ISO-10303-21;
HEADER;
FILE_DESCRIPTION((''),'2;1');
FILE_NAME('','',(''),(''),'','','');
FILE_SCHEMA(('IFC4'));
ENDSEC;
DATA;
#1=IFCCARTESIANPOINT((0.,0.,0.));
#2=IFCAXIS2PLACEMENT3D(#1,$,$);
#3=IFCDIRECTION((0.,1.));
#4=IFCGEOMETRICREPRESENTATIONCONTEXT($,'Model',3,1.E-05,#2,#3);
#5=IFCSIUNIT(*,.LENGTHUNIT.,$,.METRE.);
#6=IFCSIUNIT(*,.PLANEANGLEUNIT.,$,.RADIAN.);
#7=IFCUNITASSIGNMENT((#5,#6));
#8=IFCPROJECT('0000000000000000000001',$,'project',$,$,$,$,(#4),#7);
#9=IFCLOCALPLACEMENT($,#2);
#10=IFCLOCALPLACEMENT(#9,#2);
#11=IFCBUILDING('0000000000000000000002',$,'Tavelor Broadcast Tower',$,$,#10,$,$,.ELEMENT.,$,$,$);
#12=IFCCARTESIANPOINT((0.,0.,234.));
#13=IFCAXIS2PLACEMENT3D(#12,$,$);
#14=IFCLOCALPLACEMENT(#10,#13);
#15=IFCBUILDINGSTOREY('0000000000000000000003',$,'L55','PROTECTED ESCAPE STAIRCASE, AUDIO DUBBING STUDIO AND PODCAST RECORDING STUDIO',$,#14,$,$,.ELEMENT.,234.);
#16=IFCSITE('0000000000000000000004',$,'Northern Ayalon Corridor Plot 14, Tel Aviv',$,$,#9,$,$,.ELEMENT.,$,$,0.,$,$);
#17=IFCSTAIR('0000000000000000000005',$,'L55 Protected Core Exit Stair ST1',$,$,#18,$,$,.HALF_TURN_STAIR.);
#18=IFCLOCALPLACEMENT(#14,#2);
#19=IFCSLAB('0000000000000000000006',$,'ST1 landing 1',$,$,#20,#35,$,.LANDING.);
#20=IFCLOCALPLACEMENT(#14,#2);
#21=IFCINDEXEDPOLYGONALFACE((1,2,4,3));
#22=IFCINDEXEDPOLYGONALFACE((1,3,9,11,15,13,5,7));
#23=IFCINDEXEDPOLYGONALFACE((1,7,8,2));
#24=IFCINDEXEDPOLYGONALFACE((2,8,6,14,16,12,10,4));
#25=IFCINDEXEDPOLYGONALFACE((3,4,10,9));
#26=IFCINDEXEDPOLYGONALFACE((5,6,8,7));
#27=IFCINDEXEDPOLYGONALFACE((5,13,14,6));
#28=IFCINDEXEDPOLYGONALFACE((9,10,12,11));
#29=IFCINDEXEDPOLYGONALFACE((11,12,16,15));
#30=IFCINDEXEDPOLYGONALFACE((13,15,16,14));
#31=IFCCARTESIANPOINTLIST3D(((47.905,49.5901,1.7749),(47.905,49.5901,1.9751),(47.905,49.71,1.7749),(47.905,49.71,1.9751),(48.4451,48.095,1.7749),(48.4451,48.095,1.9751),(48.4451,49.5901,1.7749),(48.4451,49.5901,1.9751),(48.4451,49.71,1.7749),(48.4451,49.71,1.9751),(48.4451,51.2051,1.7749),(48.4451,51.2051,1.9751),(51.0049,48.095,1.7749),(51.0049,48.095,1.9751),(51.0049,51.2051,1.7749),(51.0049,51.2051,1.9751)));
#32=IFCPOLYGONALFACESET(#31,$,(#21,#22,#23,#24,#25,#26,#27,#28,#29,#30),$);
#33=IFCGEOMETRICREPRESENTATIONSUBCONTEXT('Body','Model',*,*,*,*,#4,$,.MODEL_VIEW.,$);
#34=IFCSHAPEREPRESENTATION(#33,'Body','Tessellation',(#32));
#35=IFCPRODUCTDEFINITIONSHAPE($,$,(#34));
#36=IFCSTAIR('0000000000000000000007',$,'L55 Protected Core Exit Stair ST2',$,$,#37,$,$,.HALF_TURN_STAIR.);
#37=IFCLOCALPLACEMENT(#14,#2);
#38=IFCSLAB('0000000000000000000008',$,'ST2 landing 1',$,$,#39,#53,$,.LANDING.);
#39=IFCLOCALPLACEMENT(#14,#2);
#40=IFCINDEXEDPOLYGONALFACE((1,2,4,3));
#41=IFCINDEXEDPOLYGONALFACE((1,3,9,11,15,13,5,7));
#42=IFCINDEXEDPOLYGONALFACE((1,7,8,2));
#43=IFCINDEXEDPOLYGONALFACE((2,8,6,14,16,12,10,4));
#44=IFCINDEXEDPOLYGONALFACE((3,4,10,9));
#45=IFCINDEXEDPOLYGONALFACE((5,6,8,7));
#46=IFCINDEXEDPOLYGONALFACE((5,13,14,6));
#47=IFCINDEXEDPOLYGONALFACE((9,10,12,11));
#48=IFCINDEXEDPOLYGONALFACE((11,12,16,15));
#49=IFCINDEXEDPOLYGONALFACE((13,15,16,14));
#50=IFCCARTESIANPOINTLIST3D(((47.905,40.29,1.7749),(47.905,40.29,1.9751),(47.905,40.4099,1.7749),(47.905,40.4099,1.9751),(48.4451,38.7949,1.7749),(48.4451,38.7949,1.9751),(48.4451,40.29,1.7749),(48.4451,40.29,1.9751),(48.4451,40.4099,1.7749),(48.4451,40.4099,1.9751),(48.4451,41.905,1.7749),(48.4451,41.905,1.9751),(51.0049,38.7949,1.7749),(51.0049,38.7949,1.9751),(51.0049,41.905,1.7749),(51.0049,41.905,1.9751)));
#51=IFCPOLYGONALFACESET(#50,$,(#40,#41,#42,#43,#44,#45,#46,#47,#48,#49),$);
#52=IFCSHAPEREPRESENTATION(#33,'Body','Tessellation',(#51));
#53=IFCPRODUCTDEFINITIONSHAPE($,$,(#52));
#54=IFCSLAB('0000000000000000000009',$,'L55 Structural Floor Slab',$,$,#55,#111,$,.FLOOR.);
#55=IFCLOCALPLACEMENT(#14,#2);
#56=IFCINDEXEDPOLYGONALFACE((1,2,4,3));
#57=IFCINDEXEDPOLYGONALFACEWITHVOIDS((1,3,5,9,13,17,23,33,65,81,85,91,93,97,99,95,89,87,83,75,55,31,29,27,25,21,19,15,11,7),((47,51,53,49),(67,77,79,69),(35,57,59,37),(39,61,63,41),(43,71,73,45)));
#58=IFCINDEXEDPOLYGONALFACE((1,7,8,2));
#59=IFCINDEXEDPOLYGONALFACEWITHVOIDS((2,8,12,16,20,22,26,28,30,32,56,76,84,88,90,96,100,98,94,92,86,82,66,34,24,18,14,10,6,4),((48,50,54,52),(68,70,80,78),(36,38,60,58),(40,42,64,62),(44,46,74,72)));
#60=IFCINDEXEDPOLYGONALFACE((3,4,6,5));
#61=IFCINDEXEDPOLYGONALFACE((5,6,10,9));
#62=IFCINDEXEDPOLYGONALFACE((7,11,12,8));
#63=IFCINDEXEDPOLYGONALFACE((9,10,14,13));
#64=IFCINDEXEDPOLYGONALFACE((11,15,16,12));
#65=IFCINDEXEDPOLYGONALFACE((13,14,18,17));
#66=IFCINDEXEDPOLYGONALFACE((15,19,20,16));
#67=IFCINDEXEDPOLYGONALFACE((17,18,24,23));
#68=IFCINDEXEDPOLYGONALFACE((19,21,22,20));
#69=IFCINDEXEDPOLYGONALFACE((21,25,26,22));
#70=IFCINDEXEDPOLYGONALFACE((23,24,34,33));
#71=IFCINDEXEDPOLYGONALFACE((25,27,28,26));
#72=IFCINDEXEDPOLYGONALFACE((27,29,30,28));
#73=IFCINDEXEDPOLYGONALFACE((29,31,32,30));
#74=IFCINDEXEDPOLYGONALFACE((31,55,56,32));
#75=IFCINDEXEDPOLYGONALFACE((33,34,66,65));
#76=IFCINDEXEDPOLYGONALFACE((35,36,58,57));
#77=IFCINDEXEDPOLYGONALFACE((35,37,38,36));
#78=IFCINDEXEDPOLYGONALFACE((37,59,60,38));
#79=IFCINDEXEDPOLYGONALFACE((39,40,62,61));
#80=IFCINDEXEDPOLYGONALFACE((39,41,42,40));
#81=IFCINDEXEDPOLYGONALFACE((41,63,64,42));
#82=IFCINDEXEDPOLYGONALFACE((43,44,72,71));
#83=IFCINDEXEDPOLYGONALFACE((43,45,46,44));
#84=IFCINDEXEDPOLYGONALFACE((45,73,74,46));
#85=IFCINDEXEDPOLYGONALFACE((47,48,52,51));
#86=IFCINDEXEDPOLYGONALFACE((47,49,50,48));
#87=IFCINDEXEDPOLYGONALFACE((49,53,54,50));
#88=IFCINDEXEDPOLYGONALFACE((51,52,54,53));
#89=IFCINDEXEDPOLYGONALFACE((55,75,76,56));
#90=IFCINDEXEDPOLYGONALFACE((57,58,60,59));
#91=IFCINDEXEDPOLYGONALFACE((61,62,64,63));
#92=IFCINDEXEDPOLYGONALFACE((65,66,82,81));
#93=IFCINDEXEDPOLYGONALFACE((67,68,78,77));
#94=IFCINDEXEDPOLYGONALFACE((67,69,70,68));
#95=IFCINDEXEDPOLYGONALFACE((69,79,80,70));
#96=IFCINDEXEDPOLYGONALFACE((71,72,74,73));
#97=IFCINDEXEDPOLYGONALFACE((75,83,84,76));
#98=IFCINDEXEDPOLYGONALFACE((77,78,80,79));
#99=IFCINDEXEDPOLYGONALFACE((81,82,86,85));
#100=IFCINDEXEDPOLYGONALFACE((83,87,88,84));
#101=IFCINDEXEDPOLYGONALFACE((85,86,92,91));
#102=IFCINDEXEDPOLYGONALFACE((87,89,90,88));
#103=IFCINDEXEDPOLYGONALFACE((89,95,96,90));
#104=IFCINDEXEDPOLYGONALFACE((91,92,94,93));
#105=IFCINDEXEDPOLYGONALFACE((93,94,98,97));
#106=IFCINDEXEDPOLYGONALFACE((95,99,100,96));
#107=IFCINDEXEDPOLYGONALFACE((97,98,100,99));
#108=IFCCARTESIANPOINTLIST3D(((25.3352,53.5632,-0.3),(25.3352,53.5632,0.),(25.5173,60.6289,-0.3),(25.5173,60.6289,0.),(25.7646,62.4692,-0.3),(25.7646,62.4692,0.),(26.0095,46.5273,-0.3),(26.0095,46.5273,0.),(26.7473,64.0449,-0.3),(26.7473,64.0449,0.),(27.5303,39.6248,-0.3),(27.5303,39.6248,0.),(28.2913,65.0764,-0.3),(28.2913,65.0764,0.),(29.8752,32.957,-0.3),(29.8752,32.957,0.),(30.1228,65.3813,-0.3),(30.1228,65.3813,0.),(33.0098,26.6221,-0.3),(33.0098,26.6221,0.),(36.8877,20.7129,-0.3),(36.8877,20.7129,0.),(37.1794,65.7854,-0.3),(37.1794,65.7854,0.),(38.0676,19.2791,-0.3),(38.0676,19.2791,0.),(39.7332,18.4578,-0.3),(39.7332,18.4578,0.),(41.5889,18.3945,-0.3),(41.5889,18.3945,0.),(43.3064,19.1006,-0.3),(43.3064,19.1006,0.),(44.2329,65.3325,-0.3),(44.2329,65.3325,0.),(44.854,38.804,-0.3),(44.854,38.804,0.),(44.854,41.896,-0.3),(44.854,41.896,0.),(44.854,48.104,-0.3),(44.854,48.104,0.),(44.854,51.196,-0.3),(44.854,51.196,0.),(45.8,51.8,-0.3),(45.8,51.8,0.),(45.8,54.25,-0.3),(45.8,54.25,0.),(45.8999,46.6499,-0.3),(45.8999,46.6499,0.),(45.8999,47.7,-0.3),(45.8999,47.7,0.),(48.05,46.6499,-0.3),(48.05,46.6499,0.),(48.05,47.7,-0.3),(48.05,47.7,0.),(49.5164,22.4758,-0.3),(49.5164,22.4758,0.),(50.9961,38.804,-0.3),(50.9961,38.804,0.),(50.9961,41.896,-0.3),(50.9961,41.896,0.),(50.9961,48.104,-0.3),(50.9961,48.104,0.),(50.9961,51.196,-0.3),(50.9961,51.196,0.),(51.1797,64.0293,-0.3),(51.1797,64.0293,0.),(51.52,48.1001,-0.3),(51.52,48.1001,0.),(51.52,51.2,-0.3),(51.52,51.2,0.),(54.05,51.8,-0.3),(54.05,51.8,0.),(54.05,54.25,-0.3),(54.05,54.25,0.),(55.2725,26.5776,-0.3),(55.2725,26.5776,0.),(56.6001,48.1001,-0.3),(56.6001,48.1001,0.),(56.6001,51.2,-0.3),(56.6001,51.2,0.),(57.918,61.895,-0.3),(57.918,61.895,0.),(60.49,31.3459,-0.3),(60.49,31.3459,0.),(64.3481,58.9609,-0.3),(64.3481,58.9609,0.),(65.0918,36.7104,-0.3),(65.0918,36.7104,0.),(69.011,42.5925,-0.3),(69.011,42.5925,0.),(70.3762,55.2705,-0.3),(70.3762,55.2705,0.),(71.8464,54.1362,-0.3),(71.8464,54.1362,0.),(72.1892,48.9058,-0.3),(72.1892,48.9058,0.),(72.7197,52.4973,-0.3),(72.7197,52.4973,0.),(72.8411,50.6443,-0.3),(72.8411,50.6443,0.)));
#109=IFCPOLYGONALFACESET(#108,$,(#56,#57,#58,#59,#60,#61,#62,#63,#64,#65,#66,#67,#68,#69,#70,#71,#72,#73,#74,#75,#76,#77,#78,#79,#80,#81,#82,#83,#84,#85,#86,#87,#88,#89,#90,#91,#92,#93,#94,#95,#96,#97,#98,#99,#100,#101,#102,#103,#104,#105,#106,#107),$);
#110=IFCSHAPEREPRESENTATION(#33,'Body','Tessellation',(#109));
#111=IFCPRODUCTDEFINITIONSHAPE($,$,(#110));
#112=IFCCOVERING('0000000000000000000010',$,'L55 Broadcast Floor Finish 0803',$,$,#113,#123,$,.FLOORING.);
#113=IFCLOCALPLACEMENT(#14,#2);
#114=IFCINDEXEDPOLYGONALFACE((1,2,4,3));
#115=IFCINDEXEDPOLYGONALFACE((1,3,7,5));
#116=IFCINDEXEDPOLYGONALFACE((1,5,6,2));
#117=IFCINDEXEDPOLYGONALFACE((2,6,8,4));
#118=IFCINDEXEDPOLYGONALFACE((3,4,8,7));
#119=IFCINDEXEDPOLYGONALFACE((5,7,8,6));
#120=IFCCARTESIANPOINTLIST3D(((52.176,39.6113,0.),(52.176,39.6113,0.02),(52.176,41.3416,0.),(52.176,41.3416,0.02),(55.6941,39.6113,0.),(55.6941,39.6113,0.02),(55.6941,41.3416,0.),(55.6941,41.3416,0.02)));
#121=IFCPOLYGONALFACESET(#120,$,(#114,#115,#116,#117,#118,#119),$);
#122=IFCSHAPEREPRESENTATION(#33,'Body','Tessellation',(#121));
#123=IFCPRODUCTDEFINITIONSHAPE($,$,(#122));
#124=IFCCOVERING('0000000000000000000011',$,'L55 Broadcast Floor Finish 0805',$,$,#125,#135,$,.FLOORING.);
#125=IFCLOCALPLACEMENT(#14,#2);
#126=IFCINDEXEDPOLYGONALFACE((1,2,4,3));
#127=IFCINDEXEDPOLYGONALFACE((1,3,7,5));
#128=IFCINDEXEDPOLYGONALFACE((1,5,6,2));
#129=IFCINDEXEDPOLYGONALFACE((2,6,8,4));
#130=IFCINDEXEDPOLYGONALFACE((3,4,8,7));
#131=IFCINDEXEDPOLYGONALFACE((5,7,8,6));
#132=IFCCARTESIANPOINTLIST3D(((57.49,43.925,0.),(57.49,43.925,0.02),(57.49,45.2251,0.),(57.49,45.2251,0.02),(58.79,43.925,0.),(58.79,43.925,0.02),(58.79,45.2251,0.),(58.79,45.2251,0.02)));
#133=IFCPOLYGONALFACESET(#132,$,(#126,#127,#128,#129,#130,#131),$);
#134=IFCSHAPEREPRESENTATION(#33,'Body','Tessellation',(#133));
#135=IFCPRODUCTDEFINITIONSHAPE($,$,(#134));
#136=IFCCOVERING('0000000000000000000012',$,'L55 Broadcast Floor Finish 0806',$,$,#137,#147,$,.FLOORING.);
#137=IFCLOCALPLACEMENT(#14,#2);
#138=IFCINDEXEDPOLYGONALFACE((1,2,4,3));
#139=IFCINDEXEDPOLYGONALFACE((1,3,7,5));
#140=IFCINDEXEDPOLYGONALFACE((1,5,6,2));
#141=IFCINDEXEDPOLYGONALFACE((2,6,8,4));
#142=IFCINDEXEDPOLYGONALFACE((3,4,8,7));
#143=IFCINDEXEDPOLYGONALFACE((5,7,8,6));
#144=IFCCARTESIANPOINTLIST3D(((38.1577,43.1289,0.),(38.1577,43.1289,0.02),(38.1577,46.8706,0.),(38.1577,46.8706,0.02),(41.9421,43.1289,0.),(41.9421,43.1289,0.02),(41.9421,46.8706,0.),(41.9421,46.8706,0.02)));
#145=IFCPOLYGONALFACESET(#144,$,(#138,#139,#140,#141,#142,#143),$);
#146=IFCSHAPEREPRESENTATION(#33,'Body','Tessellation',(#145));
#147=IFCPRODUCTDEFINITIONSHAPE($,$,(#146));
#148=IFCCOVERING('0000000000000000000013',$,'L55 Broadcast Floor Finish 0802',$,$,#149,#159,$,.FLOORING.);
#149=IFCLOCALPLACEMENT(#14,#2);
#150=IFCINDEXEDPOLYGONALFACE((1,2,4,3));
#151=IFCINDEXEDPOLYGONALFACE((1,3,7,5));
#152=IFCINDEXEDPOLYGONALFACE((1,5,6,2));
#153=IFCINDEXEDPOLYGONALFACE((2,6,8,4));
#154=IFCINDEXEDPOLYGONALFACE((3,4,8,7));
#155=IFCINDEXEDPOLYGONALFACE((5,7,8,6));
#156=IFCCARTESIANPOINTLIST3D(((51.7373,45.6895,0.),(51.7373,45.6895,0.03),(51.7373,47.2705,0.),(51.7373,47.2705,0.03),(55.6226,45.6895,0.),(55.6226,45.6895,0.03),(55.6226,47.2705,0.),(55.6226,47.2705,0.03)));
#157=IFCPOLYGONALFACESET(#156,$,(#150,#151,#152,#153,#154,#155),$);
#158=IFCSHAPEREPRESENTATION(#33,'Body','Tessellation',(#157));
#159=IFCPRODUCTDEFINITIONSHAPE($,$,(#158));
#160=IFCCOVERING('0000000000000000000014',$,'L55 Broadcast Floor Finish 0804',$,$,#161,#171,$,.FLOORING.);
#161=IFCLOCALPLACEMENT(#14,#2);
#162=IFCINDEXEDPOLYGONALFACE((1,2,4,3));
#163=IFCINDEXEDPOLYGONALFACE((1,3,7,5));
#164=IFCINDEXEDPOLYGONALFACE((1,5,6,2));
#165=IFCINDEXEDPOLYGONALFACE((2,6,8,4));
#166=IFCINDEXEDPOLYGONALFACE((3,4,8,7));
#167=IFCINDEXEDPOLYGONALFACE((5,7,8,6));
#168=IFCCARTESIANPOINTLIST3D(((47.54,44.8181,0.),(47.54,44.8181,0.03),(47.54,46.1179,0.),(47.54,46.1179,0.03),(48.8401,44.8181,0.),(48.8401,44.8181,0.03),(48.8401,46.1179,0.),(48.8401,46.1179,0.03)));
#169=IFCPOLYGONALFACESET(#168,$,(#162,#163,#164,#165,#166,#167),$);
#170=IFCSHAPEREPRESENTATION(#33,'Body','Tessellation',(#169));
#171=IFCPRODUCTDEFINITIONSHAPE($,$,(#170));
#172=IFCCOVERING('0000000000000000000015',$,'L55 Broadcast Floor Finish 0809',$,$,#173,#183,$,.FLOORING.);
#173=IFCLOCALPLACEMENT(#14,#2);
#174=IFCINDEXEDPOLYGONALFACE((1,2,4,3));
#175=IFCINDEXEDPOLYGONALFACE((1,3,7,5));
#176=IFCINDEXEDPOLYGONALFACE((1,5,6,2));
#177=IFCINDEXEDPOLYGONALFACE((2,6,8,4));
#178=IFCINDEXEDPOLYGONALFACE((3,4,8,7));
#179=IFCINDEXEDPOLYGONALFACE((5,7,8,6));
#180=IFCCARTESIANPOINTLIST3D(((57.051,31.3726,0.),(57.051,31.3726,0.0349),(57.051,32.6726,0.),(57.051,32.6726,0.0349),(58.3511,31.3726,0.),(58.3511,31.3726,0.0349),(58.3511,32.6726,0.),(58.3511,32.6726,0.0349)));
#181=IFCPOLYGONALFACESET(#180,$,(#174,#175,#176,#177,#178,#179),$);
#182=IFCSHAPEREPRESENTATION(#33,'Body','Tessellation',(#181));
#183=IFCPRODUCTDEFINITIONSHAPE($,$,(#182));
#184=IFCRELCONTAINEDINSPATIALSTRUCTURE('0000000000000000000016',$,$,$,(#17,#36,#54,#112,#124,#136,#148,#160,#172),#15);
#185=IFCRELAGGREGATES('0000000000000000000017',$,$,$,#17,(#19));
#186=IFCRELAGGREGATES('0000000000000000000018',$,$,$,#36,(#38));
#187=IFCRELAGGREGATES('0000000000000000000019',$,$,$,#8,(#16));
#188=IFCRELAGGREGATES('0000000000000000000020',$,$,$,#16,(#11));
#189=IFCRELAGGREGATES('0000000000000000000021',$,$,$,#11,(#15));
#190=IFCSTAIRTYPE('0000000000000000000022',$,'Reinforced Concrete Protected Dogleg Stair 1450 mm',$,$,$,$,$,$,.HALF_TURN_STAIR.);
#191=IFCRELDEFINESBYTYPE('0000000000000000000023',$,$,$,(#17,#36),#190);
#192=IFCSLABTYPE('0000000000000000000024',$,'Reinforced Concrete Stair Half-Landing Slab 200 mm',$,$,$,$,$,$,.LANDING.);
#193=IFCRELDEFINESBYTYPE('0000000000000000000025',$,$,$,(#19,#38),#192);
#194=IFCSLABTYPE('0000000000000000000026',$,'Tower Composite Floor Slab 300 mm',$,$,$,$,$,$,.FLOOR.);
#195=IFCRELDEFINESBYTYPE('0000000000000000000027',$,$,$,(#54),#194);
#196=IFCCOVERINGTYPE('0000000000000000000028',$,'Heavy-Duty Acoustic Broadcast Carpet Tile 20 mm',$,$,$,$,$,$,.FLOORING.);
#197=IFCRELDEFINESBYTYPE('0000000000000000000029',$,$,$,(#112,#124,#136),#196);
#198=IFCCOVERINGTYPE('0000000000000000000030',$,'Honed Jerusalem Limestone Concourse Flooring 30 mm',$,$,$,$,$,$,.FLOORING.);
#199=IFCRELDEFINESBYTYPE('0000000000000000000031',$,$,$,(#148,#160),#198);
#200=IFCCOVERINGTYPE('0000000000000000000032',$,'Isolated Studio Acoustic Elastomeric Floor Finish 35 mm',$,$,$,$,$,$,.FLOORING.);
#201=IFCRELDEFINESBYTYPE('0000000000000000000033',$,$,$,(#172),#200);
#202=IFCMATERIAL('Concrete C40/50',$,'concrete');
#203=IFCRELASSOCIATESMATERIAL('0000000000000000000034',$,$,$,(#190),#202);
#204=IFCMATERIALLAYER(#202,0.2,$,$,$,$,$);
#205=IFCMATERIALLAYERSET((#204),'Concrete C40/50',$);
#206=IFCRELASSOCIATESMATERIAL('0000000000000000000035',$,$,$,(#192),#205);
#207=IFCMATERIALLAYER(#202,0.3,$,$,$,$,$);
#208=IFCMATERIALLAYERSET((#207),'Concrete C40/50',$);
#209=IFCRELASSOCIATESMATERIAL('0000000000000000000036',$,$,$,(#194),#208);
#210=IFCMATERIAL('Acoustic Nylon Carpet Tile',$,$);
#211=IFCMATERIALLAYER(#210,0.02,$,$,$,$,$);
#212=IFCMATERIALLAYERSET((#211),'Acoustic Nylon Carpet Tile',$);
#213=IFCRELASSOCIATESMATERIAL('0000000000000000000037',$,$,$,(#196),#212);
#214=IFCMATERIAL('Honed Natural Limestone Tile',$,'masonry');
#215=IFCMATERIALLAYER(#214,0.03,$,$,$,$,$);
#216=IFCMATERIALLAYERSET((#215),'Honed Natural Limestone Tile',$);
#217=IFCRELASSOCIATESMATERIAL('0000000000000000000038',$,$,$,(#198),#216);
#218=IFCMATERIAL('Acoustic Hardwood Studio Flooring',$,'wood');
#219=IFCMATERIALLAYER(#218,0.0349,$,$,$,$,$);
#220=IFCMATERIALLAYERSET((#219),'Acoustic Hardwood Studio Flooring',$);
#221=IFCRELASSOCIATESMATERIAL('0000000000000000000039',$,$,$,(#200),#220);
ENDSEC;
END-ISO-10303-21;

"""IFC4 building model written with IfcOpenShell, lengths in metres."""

from ifc_helpers import new_model, si_unit, direction, frame, origin, place, context, subcontext, project, spatial, polyline, outline, extrude, material, layer, layer_set, type_object, element, aggregate, save


model = new_model("IFC4")

# Units and contexts
model_context = context("Model", 3, precision=1e-05, world=origin(), true_north=direction((0.0, 1.0)))
body_context = subcontext(model_context, "Body", "Model", "MODEL_VIEW")
ifc_project = project(units=[si_unit("LENGTHUNIT", "METRE"), si_unit("PLANEANGLEUNIT", "RADIAN")], contexts=[model_context])

# Site, building, storey
site_placement = place(None, origin())
site = spatial("IfcSite", under=ifc_project, at=site_placement, Name="Northern Ayalon Corridor Plot 14, Tel Aviv", CompositionType="ELEMENT", RefElevation=0.0)
building_placement = place(site_placement, origin())
building = spatial("IfcBuilding", under=site, at=building_placement, Name="Tavelor Broadcast Tower", CompositionType="ELEMENT")
storey_placement = place(building_placement, frame((0.0, 0.0, 234.0)))
storey = spatial("IfcBuildingStorey", under=building, at=storey_placement, Name="L55", Description="PROTECTED ESCAPE STAIRCASE, AUDIO DUBBING STUDIO AND PODCAST RECORDING STUDIO", CompositionType="ELEMENT", Elevation=234.0)

# Stairs, slabs
ifc_material_1 = material(Name="Concrete C40/50", Category="concrete")
stair_type = type_object("IfcStairType", Name="Reinforced Concrete Protected Dogleg Stair 1450 mm", PredefinedType="HALF_TURN_STAIR", material=ifc_material_1)
stair_1_placement = place(storey_placement, origin())
stair_1 = element("IfcStair", 1, at=stair_1_placement, inside=storey, type_object=stair_type, Name="L55 Protected Core Exit Stair ST1", PredefinedType="HALF_TURN_STAIR")
ifc_layer_1 = layer(ifc_material_1, 0.2)
ifc_layer_set_1 = layer_set([ifc_layer_1], Name="Concrete C40/50")
slab_type_1 = type_object("IfcSlabType", Name="Reinforced Concrete Stair Half-Landing Slab 200 mm", PredefinedType="LANDING", material=ifc_layer_set_1)
slab_1_placement = place(storey_placement, frame((0.0, 0.0, 1.7749)))
slab_1 = element("IfcSlab", 2, at=slab_1_placement, type_object=slab_type_1, Name="ST1 landing 1", PredefinedType="LANDING", context=body_context, shape_type="SweptSolid", body=[
    extrude(outline(polyline([(48.4451, 49.5901), (48.4451, 48.095), (51.0049, 48.095), (51.0049, 51.2051), (48.4451, 51.2051), (48.4451, 49.71), (47.905, 49.71), (47.905, 49.5901), (48.4451, 49.5901)])), origin(), (0.0, 0.0, 1.0), 0.2002),
])
aggregate(stair_1, [slab_1])
stair_2_placement = place(storey_placement, origin())
stair_2 = element("IfcStair", 3, at=stair_2_placement, inside=storey, type_object=stair_type, Name="L55 Protected Core Exit Stair ST2", PredefinedType="HALF_TURN_STAIR")
slab_2_placement = place(storey_placement, frame((0.0, 0.0, 1.7749)))
slab_2 = element("IfcSlab", 4, at=slab_2_placement, type_object=slab_type_1, Name="ST2 landing 1", PredefinedType="LANDING", context=body_context, shape_type="SweptSolid", body=[
    extrude(outline(polyline([(48.4451, 40.29), (48.4451, 38.7949), (51.0049, 38.7949), (51.0049, 41.905), (48.4451, 41.905), (48.4451, 40.4099), (47.905, 40.4099), (47.905, 40.29), (48.4451, 40.29)])), origin(), (0.0, 0.0, 1.0), 0.2002),
])
aggregate(stair_2, [slab_2])

# Slab
ifc_layer_2 = layer(ifc_material_1, 0.3)
ifc_layer_set_2 = layer_set([ifc_layer_2], Name="Concrete C40/50")
slab_type_2 = type_object("IfcSlabType", Name="Tower Composite Floor Slab 300 mm", PredefinedType="FLOOR", material=ifc_layer_set_2)
slab_3_placement = place(storey_placement, frame((0.0, 0.0, -0.3)))
element("IfcSlab", 5, at=slab_3_placement, inside=storey, type_object=slab_type_2, Name="L55 Structural Floor Slab", PredefinedType="FLOOR", context=body_context, shape_type="SweptSolid", body=[
    extrude(outline(polyline([(30.1228, 65.3813), (28.2913, 65.0764), (26.7473, 64.0449), (25.7646, 62.4692), (25.5173, 60.6289), (25.3352, 53.5632), (26.0095, 46.5273), (27.5303, 39.6248), (29.8752, 32.957), (33.0098, 26.6221), (36.8877, 20.7129), (38.0676, 19.2791), (39.7332, 18.4578), (41.5889, 18.3945), (43.3064, 19.1006), (49.5164, 22.4758), (55.2725, 26.5776), (60.49, 31.3459), (65.0918, 36.7104), (69.011, 42.5925), (72.1892, 48.9058), (72.8411, 50.6443), (72.7197, 52.4973), (71.8464, 54.1362), (70.3762, 55.2705), (64.3481, 58.9609), (57.918, 61.895), (51.1797, 64.0293), (44.2329, 65.3325), (37.1794, 65.7854), (30.1228, 65.3813)]), holes=[polyline([(50.9961, 41.896), (50.9961, 38.804), (44.854, 38.804), (44.854, 41.896), (50.9961, 41.896)]), polyline([(48.05, 47.7), (48.05, 46.6499), (45.8999, 46.6499), (45.8999, 47.7), (48.05, 47.7)]), polyline([(50.9961, 51.196), (50.9961, 48.104), (44.854, 48.104), (44.854, 51.196), (50.9961, 51.196)]), polyline([(56.6001, 48.1001), (51.52, 48.1001), (51.52, 51.2), (56.6001, 51.2), (56.6001, 48.1001)]), polyline([(54.05, 51.8), (45.8, 51.8), (45.8, 54.25), (54.05, 54.25), (54.05, 51.8)])]), origin(), (0.0, 0.0, 1.0), 0.3),
])

# Coverings
ifc_material_2 = material(Name="Acoustic Nylon Carpet Tile")
ifc_layer_3 = layer(ifc_material_2, 0.02)
ifc_layer_set_3 = layer_set([ifc_layer_3], Name="Acoustic Nylon Carpet Tile")
covering_type_1 = type_object("IfcCoveringType", Name="Heavy-Duty Acoustic Broadcast Carpet Tile 20 mm", PredefinedType="FLOORING", material=ifc_layer_set_3)
covering_1_placement = place(storey_placement, origin())
element("IfcCovering", 6, at=covering_1_placement, inside=storey, type_object=covering_type_1, Name="L55 Broadcast Floor Finish 0803", PredefinedType="FLOORING", context=body_context, shape_type="SweptSolid", body=[
    extrude(outline(polyline([(52.176, 39.6113), (55.6941, 39.6113), (55.6941, 41.3416), (52.176, 41.3416), (52.176, 39.6113)])), origin(), (0.0, 0.0, 1.0), 0.02),
])
covering_2_placement = place(storey_placement, origin())
element("IfcCovering", 7, at=covering_2_placement, inside=storey, type_object=covering_type_1, Name="L55 Broadcast Floor Finish 0805", PredefinedType="FLOORING", context=body_context, shape_type="SweptSolid", body=[
    extrude(outline(polyline([(57.49, 43.925), (58.79, 43.925), (58.79, 45.2251), (57.49, 45.2251), (57.49, 43.925)])), origin(), (0.0, 0.0, 1.0), 0.02),
])
covering_3_placement = place(storey_placement, origin())
element("IfcCovering", 8, at=covering_3_placement, inside=storey, type_object=covering_type_1, Name="L55 Broadcast Floor Finish 0806", PredefinedType="FLOORING", context=body_context, shape_type="SweptSolid", body=[
    extrude(outline(polyline([(38.1577, 43.1289), (41.9421, 43.1289), (41.9421, 46.8706), (38.1577, 46.8706), (38.1577, 43.1289)])), origin(), (0.0, 0.0, 1.0), 0.02),
])
ifc_material_3 = material(Name="Honed Natural Limestone Tile", Category="masonry")
ifc_layer_4 = layer(ifc_material_3, 0.03)
ifc_layer_set_4 = layer_set([ifc_layer_4], Name="Honed Natural Limestone Tile")
covering_type_2 = type_object("IfcCoveringType", Name="Honed Jerusalem Limestone Concourse Flooring 30 mm", PredefinedType="FLOORING", material=ifc_layer_set_4)
covering_4_placement = place(storey_placement, origin())
element("IfcCovering", 9, at=covering_4_placement, inside=storey, type_object=covering_type_2, Name="L55 Broadcast Floor Finish 0802", PredefinedType="FLOORING", context=body_context, shape_type="SweptSolid", body=[
    extrude(outline(polyline([(51.7373, 45.6895), (55.6226, 45.6895), (55.6226, 47.2705), (51.7373, 47.2705), (51.7373, 45.6895)])), origin(), (0.0, 0.0, 1.0), 0.03),
])
covering_5_placement = place(storey_placement, origin())
element("IfcCovering", 10, at=covering_5_placement, inside=storey, type_object=covering_type_2, Name="L55 Broadcast Floor Finish 0804", PredefinedType="FLOORING", context=body_context, shape_type="SweptSolid", body=[
    extrude(outline(polyline([(47.54, 44.8181), (48.8401, 44.8181), (48.8401, 46.1179), (47.54, 46.1179), (47.54, 44.8181)])), origin(), (0.0, 0.0, 1.0), 0.03),
])
ifc_material_4 = material(Name="Acoustic Hardwood Studio Flooring", Category="wood")
ifc_layer_5 = layer(ifc_material_4, 0.0349)
ifc_layer_set_5 = layer_set([ifc_layer_5], Name="Acoustic Hardwood Studio Flooring")
covering_type_3 = type_object("IfcCoveringType", Name="Isolated Studio Acoustic Elastomeric Floor Finish 35 mm", PredefinedType="FLOORING", material=ifc_layer_set_5)
covering_6_placement = place(storey_placement, origin())
element("IfcCovering", 11, at=covering_6_placement, inside=storey, type_object=covering_type_3, Name="L55 Broadcast Floor Finish 0809", PredefinedType="FLOORING", context=body_context, shape_type="SweptSolid", body=[
    extrude(outline(polyline([(57.051, 31.3726), (58.3511, 31.3726), (58.3511, 32.6726), (57.051, 32.6726), (57.051, 31.3726)])), origin(), (0.0, 0.0, 1.0), 0.0349),
])

save(model, "model.ifc")
